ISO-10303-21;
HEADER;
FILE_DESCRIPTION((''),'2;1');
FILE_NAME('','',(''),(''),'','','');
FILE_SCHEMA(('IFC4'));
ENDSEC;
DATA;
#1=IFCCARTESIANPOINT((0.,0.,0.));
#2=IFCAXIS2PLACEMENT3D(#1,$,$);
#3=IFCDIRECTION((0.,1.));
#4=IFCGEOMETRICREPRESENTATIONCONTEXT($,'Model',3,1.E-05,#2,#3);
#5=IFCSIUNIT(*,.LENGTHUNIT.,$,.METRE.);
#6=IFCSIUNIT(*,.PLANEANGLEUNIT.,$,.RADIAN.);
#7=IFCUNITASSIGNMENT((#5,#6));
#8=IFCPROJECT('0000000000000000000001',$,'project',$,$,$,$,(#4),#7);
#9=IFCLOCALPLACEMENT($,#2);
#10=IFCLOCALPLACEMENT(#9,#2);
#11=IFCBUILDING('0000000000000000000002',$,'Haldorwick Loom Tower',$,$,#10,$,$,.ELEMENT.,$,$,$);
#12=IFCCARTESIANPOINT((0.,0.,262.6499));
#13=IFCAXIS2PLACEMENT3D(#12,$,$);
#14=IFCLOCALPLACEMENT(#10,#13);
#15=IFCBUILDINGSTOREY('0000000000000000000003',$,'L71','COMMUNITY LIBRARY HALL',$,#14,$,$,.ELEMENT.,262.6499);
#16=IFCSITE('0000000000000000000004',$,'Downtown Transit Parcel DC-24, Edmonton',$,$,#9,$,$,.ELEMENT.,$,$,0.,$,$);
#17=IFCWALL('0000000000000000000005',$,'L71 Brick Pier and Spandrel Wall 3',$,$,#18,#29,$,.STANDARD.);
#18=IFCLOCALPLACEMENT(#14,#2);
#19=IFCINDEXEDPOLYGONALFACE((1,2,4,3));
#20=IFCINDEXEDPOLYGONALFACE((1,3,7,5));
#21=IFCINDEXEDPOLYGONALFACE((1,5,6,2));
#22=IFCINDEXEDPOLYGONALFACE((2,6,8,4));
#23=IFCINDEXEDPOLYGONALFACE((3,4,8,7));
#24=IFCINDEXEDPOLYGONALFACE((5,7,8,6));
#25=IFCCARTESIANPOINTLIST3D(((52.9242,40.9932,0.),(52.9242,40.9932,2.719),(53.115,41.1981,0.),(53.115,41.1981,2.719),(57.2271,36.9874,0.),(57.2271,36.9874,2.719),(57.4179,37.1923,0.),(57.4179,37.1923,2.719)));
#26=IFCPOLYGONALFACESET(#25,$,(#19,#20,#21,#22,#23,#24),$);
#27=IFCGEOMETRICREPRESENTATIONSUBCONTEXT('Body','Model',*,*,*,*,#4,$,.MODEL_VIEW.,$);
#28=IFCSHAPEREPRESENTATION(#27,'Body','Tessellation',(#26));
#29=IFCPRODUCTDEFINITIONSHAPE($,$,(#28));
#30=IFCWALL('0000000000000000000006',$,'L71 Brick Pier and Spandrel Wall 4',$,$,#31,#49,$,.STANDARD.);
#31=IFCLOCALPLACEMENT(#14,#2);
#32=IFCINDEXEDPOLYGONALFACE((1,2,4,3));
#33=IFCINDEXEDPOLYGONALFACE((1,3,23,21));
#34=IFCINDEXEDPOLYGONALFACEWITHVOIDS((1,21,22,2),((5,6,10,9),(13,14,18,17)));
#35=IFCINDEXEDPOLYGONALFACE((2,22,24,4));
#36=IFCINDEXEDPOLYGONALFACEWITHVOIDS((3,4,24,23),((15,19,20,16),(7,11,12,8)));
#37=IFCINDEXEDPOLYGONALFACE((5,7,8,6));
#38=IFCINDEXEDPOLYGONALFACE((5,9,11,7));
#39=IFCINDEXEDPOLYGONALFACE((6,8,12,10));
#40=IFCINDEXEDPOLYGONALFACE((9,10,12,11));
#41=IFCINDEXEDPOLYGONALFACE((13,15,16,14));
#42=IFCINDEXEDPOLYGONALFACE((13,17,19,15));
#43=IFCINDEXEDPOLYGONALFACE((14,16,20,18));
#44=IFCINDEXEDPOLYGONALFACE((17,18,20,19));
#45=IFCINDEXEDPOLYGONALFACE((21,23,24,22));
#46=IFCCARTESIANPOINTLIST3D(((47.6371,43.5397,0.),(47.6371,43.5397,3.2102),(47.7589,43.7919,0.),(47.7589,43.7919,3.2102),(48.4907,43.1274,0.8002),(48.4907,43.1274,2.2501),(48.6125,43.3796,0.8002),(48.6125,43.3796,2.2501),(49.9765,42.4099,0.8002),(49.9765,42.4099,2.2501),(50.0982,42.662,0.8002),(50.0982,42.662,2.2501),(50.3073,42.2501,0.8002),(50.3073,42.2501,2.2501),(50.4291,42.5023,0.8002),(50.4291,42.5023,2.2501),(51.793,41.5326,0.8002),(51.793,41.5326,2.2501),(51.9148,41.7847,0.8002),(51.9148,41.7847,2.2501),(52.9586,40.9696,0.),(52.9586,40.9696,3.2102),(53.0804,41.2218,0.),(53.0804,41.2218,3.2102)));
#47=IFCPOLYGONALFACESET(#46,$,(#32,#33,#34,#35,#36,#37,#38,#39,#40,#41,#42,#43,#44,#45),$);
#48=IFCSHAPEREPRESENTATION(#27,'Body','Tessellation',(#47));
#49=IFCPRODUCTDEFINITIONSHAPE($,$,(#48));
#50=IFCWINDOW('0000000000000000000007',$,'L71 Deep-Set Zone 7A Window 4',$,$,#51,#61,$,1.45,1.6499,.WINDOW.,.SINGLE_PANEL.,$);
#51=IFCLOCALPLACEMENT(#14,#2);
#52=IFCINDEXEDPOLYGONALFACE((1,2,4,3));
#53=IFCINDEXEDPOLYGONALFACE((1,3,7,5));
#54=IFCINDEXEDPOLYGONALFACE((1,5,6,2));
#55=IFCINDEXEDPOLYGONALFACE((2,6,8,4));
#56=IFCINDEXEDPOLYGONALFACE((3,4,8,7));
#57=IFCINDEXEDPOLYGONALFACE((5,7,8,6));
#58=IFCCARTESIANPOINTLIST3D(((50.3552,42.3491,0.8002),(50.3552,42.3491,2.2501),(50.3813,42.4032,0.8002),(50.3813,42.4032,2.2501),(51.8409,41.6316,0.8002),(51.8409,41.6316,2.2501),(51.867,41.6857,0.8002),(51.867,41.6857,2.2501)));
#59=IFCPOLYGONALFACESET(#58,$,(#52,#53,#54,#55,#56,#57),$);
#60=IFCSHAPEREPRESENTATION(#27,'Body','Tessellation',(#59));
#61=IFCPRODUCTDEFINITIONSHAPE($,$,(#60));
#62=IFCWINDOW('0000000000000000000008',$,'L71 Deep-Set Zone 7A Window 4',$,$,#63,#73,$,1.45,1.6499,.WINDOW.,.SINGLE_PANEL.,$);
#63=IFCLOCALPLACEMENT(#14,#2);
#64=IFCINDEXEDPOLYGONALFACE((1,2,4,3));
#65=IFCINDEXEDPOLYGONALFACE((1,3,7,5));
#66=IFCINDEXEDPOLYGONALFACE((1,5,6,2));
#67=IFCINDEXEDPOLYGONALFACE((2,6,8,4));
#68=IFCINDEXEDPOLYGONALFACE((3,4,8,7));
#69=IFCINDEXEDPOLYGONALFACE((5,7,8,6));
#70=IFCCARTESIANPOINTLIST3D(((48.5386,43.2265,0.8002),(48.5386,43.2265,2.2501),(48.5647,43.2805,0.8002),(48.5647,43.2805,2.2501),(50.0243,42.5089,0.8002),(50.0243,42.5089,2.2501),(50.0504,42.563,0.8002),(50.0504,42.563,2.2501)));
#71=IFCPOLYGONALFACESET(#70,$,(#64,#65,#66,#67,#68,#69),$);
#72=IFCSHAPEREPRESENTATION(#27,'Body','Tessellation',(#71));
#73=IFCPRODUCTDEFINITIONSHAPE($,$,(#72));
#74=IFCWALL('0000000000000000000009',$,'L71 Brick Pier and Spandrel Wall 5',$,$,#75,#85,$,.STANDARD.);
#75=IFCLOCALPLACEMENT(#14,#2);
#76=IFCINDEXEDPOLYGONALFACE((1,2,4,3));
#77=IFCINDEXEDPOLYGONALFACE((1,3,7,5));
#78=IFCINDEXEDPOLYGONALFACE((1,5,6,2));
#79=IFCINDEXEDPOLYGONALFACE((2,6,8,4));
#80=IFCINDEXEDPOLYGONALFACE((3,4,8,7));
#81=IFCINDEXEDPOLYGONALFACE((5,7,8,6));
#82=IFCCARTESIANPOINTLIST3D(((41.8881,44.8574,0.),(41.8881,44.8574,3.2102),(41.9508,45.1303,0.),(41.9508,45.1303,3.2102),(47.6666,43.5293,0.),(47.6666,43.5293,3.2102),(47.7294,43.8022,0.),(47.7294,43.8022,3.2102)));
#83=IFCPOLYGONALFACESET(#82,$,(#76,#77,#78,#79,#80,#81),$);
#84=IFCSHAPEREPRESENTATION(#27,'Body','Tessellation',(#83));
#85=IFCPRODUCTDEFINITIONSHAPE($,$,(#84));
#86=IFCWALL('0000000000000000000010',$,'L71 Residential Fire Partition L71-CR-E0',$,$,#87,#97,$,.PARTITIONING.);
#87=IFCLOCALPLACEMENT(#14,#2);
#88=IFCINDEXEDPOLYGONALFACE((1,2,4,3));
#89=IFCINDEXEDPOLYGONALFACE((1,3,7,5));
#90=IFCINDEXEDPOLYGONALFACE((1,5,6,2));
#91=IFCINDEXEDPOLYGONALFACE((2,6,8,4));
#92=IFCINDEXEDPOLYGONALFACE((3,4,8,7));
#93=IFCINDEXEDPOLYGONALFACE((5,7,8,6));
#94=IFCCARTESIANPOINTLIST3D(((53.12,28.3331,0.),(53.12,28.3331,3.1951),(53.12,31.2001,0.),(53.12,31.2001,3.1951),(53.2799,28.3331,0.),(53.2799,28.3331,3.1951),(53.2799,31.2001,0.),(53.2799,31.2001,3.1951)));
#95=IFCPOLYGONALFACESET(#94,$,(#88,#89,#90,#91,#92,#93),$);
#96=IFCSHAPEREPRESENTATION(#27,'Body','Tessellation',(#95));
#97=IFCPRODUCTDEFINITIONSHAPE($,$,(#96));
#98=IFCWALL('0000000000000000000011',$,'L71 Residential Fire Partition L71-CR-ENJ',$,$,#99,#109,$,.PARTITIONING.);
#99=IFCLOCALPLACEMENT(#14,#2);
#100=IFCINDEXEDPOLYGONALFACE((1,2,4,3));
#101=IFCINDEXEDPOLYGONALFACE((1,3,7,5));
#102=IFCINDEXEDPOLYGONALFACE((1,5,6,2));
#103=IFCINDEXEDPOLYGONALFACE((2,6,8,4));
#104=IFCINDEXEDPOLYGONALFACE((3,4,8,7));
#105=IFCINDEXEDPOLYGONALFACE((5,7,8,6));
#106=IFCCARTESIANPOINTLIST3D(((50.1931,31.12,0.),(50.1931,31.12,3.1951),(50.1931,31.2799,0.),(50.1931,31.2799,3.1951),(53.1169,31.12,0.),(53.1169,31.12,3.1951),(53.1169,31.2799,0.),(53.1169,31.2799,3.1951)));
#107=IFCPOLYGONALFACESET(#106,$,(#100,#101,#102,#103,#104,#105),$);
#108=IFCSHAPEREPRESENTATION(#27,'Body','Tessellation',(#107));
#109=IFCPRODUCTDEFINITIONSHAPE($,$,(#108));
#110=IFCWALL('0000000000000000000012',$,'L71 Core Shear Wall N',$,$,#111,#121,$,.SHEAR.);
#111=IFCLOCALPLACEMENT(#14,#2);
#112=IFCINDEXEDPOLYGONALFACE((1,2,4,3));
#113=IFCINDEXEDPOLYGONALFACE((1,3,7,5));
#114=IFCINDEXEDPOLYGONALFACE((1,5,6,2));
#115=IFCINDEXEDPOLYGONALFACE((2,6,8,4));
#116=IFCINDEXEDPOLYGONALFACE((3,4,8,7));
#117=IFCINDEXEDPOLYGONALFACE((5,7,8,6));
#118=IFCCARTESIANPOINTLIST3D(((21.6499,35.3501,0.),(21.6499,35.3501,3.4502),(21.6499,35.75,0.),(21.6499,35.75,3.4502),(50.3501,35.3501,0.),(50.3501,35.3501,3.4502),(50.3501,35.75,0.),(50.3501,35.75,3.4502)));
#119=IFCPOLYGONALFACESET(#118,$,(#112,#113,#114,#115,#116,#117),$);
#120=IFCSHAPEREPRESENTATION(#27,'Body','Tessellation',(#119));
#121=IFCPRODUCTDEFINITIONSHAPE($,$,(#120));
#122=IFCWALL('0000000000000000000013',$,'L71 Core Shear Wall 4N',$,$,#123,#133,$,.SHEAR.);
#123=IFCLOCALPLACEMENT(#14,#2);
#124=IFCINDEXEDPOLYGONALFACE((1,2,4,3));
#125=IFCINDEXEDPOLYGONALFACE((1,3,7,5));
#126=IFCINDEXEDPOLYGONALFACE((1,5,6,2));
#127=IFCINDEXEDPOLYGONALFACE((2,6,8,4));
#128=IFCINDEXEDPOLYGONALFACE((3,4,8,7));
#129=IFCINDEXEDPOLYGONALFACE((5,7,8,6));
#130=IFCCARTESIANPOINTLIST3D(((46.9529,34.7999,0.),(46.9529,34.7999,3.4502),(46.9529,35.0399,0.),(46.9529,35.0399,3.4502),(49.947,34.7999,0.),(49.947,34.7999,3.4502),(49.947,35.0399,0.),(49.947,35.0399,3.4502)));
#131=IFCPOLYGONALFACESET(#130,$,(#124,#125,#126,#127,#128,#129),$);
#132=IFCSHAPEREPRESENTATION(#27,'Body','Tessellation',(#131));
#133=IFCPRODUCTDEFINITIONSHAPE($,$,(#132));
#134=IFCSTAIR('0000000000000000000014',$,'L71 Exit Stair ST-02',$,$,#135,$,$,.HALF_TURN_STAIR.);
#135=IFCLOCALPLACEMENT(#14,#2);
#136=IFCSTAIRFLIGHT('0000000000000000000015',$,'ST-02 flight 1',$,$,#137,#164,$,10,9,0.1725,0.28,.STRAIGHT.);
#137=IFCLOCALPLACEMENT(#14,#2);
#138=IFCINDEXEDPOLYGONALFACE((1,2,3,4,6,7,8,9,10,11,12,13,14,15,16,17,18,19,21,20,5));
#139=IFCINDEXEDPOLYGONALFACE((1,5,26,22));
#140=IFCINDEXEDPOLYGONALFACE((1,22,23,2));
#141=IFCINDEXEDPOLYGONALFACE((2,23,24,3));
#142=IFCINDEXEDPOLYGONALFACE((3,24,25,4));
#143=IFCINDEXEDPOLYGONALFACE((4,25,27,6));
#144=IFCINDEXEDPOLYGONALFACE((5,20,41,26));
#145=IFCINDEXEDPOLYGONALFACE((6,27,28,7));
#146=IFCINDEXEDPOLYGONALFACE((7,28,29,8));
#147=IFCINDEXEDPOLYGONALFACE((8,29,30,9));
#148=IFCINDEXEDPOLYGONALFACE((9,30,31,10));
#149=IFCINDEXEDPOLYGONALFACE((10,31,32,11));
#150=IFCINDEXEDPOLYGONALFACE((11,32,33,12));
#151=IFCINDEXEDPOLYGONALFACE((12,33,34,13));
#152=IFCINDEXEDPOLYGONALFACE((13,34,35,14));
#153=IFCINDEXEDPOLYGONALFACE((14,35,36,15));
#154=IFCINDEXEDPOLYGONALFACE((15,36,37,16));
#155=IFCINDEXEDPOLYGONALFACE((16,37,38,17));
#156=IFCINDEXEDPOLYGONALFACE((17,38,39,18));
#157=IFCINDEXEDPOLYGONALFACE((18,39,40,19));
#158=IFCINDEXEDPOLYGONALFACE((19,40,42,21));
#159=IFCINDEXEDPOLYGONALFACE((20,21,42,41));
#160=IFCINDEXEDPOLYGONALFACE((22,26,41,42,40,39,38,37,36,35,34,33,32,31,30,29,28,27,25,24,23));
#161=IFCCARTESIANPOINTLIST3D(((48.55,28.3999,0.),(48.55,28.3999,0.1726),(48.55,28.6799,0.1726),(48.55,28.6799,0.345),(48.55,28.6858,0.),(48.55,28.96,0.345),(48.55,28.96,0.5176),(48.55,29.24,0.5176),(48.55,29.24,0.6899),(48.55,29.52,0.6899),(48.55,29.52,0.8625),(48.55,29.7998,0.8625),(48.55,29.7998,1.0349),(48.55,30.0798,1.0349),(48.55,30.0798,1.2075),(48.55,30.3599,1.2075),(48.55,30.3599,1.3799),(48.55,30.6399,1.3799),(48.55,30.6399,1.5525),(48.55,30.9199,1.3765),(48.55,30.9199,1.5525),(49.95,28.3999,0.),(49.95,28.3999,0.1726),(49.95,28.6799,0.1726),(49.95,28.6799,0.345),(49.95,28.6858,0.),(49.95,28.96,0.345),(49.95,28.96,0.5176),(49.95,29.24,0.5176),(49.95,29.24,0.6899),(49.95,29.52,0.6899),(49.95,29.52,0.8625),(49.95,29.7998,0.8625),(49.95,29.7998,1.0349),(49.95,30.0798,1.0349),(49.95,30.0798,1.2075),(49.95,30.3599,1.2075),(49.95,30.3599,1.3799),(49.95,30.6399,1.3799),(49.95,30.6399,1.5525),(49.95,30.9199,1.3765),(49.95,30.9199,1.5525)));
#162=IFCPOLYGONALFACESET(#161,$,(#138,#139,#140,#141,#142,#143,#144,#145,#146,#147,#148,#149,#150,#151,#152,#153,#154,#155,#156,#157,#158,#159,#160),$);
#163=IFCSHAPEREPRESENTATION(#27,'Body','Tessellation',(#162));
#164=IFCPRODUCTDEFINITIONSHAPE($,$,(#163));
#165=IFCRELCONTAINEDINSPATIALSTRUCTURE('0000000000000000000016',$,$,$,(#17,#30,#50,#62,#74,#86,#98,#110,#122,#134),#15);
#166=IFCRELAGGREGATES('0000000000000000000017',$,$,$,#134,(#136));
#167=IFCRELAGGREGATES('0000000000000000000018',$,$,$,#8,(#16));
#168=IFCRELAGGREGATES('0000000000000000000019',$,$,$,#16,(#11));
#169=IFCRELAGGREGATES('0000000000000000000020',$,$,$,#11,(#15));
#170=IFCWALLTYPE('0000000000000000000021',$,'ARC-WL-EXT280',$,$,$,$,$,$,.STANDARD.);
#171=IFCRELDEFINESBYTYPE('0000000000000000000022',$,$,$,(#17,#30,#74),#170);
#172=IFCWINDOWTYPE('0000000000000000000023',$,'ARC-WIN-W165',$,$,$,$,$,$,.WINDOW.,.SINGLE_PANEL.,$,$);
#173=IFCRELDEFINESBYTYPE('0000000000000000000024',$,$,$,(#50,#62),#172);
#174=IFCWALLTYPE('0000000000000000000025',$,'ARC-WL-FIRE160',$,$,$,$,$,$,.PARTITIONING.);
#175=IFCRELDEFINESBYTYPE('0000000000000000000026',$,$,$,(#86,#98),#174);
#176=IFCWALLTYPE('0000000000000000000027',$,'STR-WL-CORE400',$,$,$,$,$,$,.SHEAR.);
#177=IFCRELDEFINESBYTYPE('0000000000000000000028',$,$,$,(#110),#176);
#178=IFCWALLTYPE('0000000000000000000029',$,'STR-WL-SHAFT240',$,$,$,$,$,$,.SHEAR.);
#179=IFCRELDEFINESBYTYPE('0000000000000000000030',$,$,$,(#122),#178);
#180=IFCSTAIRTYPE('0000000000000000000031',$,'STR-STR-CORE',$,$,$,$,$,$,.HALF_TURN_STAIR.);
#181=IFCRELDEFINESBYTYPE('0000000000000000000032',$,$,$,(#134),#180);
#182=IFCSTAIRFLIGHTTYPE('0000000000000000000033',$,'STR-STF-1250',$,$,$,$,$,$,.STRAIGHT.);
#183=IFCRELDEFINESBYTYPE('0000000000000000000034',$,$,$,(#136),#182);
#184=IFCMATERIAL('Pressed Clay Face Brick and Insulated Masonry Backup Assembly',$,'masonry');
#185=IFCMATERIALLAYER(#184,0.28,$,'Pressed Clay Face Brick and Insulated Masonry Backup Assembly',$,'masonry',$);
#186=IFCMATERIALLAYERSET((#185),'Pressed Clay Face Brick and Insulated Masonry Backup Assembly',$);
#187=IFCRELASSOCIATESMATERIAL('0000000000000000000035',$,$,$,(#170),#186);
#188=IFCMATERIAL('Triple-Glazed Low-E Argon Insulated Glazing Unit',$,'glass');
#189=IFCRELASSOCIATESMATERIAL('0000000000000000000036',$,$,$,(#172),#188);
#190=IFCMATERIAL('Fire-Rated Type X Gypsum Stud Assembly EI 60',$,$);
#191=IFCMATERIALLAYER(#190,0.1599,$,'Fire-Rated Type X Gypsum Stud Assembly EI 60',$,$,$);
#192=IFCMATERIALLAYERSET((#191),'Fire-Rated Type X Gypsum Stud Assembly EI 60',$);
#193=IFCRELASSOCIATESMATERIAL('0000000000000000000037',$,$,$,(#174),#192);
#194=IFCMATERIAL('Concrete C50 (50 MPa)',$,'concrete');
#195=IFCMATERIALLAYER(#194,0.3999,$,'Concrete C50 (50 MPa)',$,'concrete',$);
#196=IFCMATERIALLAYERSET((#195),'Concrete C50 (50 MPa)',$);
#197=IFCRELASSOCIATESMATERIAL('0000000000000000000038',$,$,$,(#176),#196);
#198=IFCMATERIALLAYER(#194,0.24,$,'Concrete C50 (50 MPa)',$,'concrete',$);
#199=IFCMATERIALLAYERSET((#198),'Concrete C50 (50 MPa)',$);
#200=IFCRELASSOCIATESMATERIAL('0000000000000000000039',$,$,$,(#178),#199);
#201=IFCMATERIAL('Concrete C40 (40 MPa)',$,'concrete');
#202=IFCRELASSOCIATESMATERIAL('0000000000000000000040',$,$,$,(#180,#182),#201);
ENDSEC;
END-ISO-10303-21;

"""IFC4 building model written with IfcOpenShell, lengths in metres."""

from ifc_helpers import new_model, si_unit, direction, frame, frame_2d, origin, place, context, subcontext, project, spatial, polyline, rectangle, outline, extrude, material, layer, layer_set, type_object, element, fill, aggregate, save


model = new_model("IFC4")

# Units and contexts
model_context = context("Model", 3, precision=1e-05, world=origin(), true_north=direction((0.0, 1.0)))
body_context = subcontext(model_context, "Body", "Model", "MODEL_VIEW")
ifc_project = project(units=[si_unit("LENGTHUNIT", "METRE"), si_unit("PLANEANGLEUNIT", "RADIAN")], contexts=[model_context])

# Site, building, storey
site_placement = place(None, origin())
site = spatial("IfcSite", under=ifc_project, at=site_placement, Name="Downtown Transit Parcel DC-24, Edmonton", CompositionType="ELEMENT", RefElevation=0.0)
building_placement = place(site_placement, origin())
building = spatial("IfcBuilding", under=site, at=building_placement, Name="Haldorwick Loom Tower", CompositionType="ELEMENT")
storey_placement = place(building_placement, frame((0.0, 0.0, 262.6499)))
storey = spatial("IfcBuildingStorey", under=building, at=storey_placement, Name="L71", Description="COMMUNITY LIBRARY HALL", CompositionType="ELEMENT", Elevation=262.6499)

# Wall
ifc_material_1 = material(Name="Pressed Clay Face Brick and Insulated Masonry Backup Assembly", Category="masonry")
ifc_layer_1 = layer(ifc_material_1, 0.28, Name="Pressed Clay Face Brick and Insulated Masonry Backup Assembly", Category="masonry")
ifc_layer_set_1 = layer_set([ifc_layer_1], Name="Pressed Clay Face Brick and Insulated Masonry Backup Assembly")
wall_type_1 = type_object("IfcWallType", Name="ARC-WL-EXT280", PredefinedType="STANDARD", material=ifc_layer_set_1)
wall_1_placement = place(storey_placement, frame((57.3225, 37.0898, 0.0), z_axis=(0.0, 0.0, 1.0), x_axis=(-0.731925, 0.681386, 0.0)))
element("IfcWall", 1, at=wall_1_placement, inside=storey, type_object=wall_type_1, Name="L71 Brick Pier and Spandrel Wall 3", PredefinedType="STANDARD", context=body_context, shape_type="SweptSolid", body=[
    extrude(rectangle(XDim=5.8789, YDim=0.28, at=frame_2d((2.9395, 0.0))), origin(), (0.0, 0.0, 1.0), 2.719),
])

# Wall, openings, windows
wall_2_placement = place(storey_placement, frame((53.0195, 41.0957, 0.0), z_axis=(0.0, 0.0, 1.0), x_axis=(-0.900482, 0.434893, 0.0)))
wall_2 = element("IfcWall", 2, at=wall_2_placement, inside=storey, type_object=wall_type_1, Name="L71 Brick Pier and Spandrel Wall 4", PredefinedType="STANDARD", context=body_context, shape_type="SweptSolid", body=[
    extrude(rectangle(XDim=5.9097, YDim=0.28, at=frame_2d((2.9548, 0.0))), origin(), (0.0, 0.0, 1.0), 3.2102),
])
opening_1_placement = place(wall_2_placement, frame((1.2944, 0.0, 0.8)))
opening_1 = element("IfcOpeningElement", 3, at=opening_1_placement, cuts=wall_2, PredefinedType="OPENING", context=body_context, shape_type="SweptSolid", body=[
    extrude(rectangle(XDim=1.6499, YDim=1.45, at=frame_2d((0.825, 0.7251))), frame((0.0, 0.1499, 0.0), z_axis=(0.0, -1.0, 0.0), x_axis=(1.0, 0.0, 0.0)), (0.0, 0.0, 1.0), 0.3),
])
opening_2_placement = place(wall_2_placement, frame((3.3118, 0.0, 0.8)))
opening_2 = element("IfcOpeningElement", 4, at=opening_2_placement, cuts=wall_2, PredefinedType="OPENING", context=body_context, shape_type="SweptSolid", body=[
    extrude(rectangle(XDim=1.6499, YDim=1.45, at=frame_2d((0.825, 0.7251))), frame((0.0, 0.1499, 0.0), z_axis=(0.0, -1.0, 0.0), x_axis=(1.0, 0.0, 0.0)), (0.0, 0.0, 1.0), 0.3),
])
ifc_material_2 = material(Name="Triple-Glazed Low-E Argon Insulated Glazing Unit", Category="glass")
window_type = type_object("IfcWindowType", Name="ARC-WIN-W165", PartitioningType="SINGLE_PANEL", PredefinedType="WINDOW", material=ifc_material_2)
window_1_placement = place(opening_1_placement, origin())
window_1 = element("IfcWindow", 5, at=window_1_placement, inside=storey, type_object=window_type, Name="L71 Deep-Set Zone 7A Window 4", OverallHeight=1.45, OverallWidth=1.6499, PartitioningType="SINGLE_PANEL", PredefinedType="WINDOW", context=body_context, shape_type="SweptSolid", body=[
    extrude(rectangle(XDim=1.6499, YDim=1.45, at=frame_2d((0.825, 0.7251))), frame((0.0, 0.03, 0.0), z_axis=(0.0, -1.0, 0.0), x_axis=(1.0, 0.0, 0.0)), (0.0, 0.0, 1.0), 0.0601),
])
fill(opening_1, window_1)
window_2_placement = place(opening_2_placement, origin())
window_2 = element("IfcWindow", 6, at=window_2_placement, inside=storey, type_object=window_type, Name="L71 Deep-Set Zone 7A Window 4", OverallHeight=1.45, OverallWidth=1.6499, PartitioningType="SINGLE_PANEL", PredefinedType="WINDOW", context=body_context, shape_type="SweptSolid", body=[
    extrude(rectangle(XDim=1.6499, YDim=1.45, at=frame_2d((0.825, 0.7251))), frame((0.0, 0.03, 0.0), z_axis=(0.0, -1.0, 0.0), x_axis=(1.0, 0.0, 0.0)), (0.0, 0.0, 1.0), 0.0601),
])
fill(opening_2, window_2)

# Walls
wall_3_placement = place(storey_placement, frame((47.698, 43.6658, 0.0), z_axis=(0.0, 0.0, 1.0), x_axis=(-0.97459, 0.223996, 0.0)))
element("IfcWall", 7, at=wall_3_placement, inside=storey, type_object=wall_type_1, Name="L71 Brick Pier and Spandrel Wall 5", PredefinedType="STANDARD", context=body_context, shape_type="SweptSolid", body=[
    extrude(rectangle(XDim=5.9292, YDim=0.28, at=frame_2d((2.9646, 0.0))), origin(), (0.0, 0.0, 1.0), 3.2102),
])
ifc_material_3 = material(Name="Fire-Rated Type X Gypsum Stud Assembly EI 60")
ifc_layer_2 = layer(ifc_material_3, 0.1599, Name="Fire-Rated Type X Gypsum Stud Assembly EI 60")
ifc_layer_set_2 = layer_set([ifc_layer_2], Name="Fire-Rated Type X Gypsum Stud Assembly EI 60")
wall_type_2 = type_object("IfcWallType", Name="ARC-WL-FIRE160", PredefinedType="PARTITIONING", material=ifc_layer_set_2)
wall_4_placement = place(storey_placement, frame((53.2, 28.333, 0.0), z_axis=(0.0, 0.0, 1.0), x_axis=(0.0, 1.0, 0.0)))
element("IfcWall", 8, at=wall_4_placement, inside=storey, type_object=wall_type_2, Name="L71 Residential Fire Partition L71-CR-E0", PredefinedType="PARTITIONING", context=body_context, shape_type="SweptSolid", body=[
    extrude(rectangle(XDim=2.8669, YDim=0.1599, at=frame_2d((1.4336, 0.0))), origin(), (0.0, 0.0, 1.0), 3.1951),
])
wall_5_placement = place(storey_placement, frame((50.1931, 31.2, 0.0), z_axis=(0.0, 0.0, 1.0), x_axis=(1.0, 0.0, 0.0)))
element("IfcWall", 9, at=wall_5_placement, inside=storey, type_object=wall_type_2, Name="L71 Residential Fire Partition L71-CR-ENJ", PredefinedType="PARTITIONING", context=body_context, shape_type="SweptSolid", body=[
    extrude(rectangle(XDim=2.9238, YDim=0.1599, at=frame_2d((1.4619, 0.0))), origin(), (0.0, 0.0, 1.0), 3.1951),
])
ifc_material_4 = material(Name="Concrete C50 (50 MPa)", Category="concrete")
ifc_layer_3 = layer(ifc_material_4, 0.3999, Name="Concrete C50 (50 MPa)", Category="concrete")
ifc_layer_set_3 = layer_set([ifc_layer_3], Name="Concrete C50 (50 MPa)")
wall_type_3 = type_object("IfcWallType", Name="STR-WL-CORE400", PredefinedType="SHEAR", material=ifc_layer_set_3)
wall_6_placement = place(storey_placement, frame((50.3501, 35.55, 0.0), z_axis=(0.0, 0.0, 1.0), x_axis=(-1.0, 0.0, 0.0)))
element("IfcWall", 10, at=wall_6_placement, inside=storey, type_object=wall_type_3, Name="L71 Core Shear Wall N", PredefinedType="SHEAR", context=body_context, shape_type="SweptSolid", body=[
    extrude(rectangle(XDim=28.7002, YDim=0.3999, at=frame_2d((14.3501, 0.0))), origin(), (0.0, 0.0, 1.0), 3.4502),
])
ifc_layer_4 = layer(ifc_material_4, 0.24, Name="Concrete C50 (50 MPa)", Category="concrete")
ifc_layer_set_4 = layer_set([ifc_layer_4], Name="Concrete C50 (50 MPa)")
wall_type_4 = type_object("IfcWallType", Name="STR-WL-SHAFT240", PredefinedType="SHEAR", material=ifc_layer_set_4)
wall_7_placement = place(storey_placement, frame((46.9529, 34.9199, 0.0), z_axis=(0.0, 0.0, 1.0), x_axis=(1.0, 0.0, 0.0)))
element("IfcWall", 11, at=wall_7_placement, inside=storey, type_object=wall_type_4, Name="L71 Core Shear Wall 4N", PredefinedType="SHEAR", context=body_context, shape_type="SweptSolid", body=[
    extrude(rectangle(XDim=2.9941, YDim=0.24, at=frame_2d((1.4971, 0.0))), origin(), (0.0, 0.0, 1.0), 3.4502),
])

# Stair, stair flight
ifc_material_5 = material(Name="Concrete C40 (40 MPa)", Category="concrete")
stair_type = type_object("IfcStairType", Name="STR-STR-CORE", PredefinedType="HALF_TURN_STAIR", material=ifc_material_5)
stair_placement = place(storey_placement, origin())
stair = element("IfcStair", 12, at=stair_placement, inside=storey, type_object=stair_type, Name="L71 Exit Stair ST-02", PredefinedType="HALF_TURN_STAIR")
stair_flight_type = type_object("IfcStairFlightType", Name="STR-STF-1250", PredefinedType="STRAIGHT", material=ifc_material_5)
stair_flight_1_placement = place(storey_placement, frame((49.25, 28.3999, 0.0), z_axis=(0.0, 0.0, 1.0), x_axis=(0.0, 1.0, 0.0)))
stair_flight_1 = element("IfcStairFlight", 13, at=stair_flight_1_placement, type_object=stair_flight_type, Name="ST-02 flight 1", NumberOfRisers=10, NumberOfTreads=9, PredefinedType="STRAIGHT", RiserHeight=0.1725, TreadLength=0.28, context=body_context, shape_type="SweptSolid", body=[
    extrude(outline(polyline([(0.0, 0.0), (0.0, 0.1726), (0.28, 0.1726), (0.28, 0.345), (0.5601, 0.345), (0.5601, 0.5176), (0.8401, 0.5176), (0.8401, 0.6899), (1.1201, 0.6899), (1.1201, 0.8625), (1.3999, 0.8625), (1.3999, 1.0349), (1.6799, 1.0349), (1.6799, 1.2075), (1.96, 1.2075), (1.96, 1.3799), (2.24, 1.3799), (2.24, 1.5525), (2.52, 1.5525), (2.52, 1.7251), (2.52, 1.3765), (0.2859, 0.0), (0.0, 0.0)])), frame((0.0, 0.7, 0.0), z_axis=(0.0, -1.0, 0.0), x_axis=(1.0, 0.0, 0.0)), (0.0, 0.0, 1.0), 1.3999),
])
aggregate(stair, [stair_flight_1])

save(model, "model.ifc")
